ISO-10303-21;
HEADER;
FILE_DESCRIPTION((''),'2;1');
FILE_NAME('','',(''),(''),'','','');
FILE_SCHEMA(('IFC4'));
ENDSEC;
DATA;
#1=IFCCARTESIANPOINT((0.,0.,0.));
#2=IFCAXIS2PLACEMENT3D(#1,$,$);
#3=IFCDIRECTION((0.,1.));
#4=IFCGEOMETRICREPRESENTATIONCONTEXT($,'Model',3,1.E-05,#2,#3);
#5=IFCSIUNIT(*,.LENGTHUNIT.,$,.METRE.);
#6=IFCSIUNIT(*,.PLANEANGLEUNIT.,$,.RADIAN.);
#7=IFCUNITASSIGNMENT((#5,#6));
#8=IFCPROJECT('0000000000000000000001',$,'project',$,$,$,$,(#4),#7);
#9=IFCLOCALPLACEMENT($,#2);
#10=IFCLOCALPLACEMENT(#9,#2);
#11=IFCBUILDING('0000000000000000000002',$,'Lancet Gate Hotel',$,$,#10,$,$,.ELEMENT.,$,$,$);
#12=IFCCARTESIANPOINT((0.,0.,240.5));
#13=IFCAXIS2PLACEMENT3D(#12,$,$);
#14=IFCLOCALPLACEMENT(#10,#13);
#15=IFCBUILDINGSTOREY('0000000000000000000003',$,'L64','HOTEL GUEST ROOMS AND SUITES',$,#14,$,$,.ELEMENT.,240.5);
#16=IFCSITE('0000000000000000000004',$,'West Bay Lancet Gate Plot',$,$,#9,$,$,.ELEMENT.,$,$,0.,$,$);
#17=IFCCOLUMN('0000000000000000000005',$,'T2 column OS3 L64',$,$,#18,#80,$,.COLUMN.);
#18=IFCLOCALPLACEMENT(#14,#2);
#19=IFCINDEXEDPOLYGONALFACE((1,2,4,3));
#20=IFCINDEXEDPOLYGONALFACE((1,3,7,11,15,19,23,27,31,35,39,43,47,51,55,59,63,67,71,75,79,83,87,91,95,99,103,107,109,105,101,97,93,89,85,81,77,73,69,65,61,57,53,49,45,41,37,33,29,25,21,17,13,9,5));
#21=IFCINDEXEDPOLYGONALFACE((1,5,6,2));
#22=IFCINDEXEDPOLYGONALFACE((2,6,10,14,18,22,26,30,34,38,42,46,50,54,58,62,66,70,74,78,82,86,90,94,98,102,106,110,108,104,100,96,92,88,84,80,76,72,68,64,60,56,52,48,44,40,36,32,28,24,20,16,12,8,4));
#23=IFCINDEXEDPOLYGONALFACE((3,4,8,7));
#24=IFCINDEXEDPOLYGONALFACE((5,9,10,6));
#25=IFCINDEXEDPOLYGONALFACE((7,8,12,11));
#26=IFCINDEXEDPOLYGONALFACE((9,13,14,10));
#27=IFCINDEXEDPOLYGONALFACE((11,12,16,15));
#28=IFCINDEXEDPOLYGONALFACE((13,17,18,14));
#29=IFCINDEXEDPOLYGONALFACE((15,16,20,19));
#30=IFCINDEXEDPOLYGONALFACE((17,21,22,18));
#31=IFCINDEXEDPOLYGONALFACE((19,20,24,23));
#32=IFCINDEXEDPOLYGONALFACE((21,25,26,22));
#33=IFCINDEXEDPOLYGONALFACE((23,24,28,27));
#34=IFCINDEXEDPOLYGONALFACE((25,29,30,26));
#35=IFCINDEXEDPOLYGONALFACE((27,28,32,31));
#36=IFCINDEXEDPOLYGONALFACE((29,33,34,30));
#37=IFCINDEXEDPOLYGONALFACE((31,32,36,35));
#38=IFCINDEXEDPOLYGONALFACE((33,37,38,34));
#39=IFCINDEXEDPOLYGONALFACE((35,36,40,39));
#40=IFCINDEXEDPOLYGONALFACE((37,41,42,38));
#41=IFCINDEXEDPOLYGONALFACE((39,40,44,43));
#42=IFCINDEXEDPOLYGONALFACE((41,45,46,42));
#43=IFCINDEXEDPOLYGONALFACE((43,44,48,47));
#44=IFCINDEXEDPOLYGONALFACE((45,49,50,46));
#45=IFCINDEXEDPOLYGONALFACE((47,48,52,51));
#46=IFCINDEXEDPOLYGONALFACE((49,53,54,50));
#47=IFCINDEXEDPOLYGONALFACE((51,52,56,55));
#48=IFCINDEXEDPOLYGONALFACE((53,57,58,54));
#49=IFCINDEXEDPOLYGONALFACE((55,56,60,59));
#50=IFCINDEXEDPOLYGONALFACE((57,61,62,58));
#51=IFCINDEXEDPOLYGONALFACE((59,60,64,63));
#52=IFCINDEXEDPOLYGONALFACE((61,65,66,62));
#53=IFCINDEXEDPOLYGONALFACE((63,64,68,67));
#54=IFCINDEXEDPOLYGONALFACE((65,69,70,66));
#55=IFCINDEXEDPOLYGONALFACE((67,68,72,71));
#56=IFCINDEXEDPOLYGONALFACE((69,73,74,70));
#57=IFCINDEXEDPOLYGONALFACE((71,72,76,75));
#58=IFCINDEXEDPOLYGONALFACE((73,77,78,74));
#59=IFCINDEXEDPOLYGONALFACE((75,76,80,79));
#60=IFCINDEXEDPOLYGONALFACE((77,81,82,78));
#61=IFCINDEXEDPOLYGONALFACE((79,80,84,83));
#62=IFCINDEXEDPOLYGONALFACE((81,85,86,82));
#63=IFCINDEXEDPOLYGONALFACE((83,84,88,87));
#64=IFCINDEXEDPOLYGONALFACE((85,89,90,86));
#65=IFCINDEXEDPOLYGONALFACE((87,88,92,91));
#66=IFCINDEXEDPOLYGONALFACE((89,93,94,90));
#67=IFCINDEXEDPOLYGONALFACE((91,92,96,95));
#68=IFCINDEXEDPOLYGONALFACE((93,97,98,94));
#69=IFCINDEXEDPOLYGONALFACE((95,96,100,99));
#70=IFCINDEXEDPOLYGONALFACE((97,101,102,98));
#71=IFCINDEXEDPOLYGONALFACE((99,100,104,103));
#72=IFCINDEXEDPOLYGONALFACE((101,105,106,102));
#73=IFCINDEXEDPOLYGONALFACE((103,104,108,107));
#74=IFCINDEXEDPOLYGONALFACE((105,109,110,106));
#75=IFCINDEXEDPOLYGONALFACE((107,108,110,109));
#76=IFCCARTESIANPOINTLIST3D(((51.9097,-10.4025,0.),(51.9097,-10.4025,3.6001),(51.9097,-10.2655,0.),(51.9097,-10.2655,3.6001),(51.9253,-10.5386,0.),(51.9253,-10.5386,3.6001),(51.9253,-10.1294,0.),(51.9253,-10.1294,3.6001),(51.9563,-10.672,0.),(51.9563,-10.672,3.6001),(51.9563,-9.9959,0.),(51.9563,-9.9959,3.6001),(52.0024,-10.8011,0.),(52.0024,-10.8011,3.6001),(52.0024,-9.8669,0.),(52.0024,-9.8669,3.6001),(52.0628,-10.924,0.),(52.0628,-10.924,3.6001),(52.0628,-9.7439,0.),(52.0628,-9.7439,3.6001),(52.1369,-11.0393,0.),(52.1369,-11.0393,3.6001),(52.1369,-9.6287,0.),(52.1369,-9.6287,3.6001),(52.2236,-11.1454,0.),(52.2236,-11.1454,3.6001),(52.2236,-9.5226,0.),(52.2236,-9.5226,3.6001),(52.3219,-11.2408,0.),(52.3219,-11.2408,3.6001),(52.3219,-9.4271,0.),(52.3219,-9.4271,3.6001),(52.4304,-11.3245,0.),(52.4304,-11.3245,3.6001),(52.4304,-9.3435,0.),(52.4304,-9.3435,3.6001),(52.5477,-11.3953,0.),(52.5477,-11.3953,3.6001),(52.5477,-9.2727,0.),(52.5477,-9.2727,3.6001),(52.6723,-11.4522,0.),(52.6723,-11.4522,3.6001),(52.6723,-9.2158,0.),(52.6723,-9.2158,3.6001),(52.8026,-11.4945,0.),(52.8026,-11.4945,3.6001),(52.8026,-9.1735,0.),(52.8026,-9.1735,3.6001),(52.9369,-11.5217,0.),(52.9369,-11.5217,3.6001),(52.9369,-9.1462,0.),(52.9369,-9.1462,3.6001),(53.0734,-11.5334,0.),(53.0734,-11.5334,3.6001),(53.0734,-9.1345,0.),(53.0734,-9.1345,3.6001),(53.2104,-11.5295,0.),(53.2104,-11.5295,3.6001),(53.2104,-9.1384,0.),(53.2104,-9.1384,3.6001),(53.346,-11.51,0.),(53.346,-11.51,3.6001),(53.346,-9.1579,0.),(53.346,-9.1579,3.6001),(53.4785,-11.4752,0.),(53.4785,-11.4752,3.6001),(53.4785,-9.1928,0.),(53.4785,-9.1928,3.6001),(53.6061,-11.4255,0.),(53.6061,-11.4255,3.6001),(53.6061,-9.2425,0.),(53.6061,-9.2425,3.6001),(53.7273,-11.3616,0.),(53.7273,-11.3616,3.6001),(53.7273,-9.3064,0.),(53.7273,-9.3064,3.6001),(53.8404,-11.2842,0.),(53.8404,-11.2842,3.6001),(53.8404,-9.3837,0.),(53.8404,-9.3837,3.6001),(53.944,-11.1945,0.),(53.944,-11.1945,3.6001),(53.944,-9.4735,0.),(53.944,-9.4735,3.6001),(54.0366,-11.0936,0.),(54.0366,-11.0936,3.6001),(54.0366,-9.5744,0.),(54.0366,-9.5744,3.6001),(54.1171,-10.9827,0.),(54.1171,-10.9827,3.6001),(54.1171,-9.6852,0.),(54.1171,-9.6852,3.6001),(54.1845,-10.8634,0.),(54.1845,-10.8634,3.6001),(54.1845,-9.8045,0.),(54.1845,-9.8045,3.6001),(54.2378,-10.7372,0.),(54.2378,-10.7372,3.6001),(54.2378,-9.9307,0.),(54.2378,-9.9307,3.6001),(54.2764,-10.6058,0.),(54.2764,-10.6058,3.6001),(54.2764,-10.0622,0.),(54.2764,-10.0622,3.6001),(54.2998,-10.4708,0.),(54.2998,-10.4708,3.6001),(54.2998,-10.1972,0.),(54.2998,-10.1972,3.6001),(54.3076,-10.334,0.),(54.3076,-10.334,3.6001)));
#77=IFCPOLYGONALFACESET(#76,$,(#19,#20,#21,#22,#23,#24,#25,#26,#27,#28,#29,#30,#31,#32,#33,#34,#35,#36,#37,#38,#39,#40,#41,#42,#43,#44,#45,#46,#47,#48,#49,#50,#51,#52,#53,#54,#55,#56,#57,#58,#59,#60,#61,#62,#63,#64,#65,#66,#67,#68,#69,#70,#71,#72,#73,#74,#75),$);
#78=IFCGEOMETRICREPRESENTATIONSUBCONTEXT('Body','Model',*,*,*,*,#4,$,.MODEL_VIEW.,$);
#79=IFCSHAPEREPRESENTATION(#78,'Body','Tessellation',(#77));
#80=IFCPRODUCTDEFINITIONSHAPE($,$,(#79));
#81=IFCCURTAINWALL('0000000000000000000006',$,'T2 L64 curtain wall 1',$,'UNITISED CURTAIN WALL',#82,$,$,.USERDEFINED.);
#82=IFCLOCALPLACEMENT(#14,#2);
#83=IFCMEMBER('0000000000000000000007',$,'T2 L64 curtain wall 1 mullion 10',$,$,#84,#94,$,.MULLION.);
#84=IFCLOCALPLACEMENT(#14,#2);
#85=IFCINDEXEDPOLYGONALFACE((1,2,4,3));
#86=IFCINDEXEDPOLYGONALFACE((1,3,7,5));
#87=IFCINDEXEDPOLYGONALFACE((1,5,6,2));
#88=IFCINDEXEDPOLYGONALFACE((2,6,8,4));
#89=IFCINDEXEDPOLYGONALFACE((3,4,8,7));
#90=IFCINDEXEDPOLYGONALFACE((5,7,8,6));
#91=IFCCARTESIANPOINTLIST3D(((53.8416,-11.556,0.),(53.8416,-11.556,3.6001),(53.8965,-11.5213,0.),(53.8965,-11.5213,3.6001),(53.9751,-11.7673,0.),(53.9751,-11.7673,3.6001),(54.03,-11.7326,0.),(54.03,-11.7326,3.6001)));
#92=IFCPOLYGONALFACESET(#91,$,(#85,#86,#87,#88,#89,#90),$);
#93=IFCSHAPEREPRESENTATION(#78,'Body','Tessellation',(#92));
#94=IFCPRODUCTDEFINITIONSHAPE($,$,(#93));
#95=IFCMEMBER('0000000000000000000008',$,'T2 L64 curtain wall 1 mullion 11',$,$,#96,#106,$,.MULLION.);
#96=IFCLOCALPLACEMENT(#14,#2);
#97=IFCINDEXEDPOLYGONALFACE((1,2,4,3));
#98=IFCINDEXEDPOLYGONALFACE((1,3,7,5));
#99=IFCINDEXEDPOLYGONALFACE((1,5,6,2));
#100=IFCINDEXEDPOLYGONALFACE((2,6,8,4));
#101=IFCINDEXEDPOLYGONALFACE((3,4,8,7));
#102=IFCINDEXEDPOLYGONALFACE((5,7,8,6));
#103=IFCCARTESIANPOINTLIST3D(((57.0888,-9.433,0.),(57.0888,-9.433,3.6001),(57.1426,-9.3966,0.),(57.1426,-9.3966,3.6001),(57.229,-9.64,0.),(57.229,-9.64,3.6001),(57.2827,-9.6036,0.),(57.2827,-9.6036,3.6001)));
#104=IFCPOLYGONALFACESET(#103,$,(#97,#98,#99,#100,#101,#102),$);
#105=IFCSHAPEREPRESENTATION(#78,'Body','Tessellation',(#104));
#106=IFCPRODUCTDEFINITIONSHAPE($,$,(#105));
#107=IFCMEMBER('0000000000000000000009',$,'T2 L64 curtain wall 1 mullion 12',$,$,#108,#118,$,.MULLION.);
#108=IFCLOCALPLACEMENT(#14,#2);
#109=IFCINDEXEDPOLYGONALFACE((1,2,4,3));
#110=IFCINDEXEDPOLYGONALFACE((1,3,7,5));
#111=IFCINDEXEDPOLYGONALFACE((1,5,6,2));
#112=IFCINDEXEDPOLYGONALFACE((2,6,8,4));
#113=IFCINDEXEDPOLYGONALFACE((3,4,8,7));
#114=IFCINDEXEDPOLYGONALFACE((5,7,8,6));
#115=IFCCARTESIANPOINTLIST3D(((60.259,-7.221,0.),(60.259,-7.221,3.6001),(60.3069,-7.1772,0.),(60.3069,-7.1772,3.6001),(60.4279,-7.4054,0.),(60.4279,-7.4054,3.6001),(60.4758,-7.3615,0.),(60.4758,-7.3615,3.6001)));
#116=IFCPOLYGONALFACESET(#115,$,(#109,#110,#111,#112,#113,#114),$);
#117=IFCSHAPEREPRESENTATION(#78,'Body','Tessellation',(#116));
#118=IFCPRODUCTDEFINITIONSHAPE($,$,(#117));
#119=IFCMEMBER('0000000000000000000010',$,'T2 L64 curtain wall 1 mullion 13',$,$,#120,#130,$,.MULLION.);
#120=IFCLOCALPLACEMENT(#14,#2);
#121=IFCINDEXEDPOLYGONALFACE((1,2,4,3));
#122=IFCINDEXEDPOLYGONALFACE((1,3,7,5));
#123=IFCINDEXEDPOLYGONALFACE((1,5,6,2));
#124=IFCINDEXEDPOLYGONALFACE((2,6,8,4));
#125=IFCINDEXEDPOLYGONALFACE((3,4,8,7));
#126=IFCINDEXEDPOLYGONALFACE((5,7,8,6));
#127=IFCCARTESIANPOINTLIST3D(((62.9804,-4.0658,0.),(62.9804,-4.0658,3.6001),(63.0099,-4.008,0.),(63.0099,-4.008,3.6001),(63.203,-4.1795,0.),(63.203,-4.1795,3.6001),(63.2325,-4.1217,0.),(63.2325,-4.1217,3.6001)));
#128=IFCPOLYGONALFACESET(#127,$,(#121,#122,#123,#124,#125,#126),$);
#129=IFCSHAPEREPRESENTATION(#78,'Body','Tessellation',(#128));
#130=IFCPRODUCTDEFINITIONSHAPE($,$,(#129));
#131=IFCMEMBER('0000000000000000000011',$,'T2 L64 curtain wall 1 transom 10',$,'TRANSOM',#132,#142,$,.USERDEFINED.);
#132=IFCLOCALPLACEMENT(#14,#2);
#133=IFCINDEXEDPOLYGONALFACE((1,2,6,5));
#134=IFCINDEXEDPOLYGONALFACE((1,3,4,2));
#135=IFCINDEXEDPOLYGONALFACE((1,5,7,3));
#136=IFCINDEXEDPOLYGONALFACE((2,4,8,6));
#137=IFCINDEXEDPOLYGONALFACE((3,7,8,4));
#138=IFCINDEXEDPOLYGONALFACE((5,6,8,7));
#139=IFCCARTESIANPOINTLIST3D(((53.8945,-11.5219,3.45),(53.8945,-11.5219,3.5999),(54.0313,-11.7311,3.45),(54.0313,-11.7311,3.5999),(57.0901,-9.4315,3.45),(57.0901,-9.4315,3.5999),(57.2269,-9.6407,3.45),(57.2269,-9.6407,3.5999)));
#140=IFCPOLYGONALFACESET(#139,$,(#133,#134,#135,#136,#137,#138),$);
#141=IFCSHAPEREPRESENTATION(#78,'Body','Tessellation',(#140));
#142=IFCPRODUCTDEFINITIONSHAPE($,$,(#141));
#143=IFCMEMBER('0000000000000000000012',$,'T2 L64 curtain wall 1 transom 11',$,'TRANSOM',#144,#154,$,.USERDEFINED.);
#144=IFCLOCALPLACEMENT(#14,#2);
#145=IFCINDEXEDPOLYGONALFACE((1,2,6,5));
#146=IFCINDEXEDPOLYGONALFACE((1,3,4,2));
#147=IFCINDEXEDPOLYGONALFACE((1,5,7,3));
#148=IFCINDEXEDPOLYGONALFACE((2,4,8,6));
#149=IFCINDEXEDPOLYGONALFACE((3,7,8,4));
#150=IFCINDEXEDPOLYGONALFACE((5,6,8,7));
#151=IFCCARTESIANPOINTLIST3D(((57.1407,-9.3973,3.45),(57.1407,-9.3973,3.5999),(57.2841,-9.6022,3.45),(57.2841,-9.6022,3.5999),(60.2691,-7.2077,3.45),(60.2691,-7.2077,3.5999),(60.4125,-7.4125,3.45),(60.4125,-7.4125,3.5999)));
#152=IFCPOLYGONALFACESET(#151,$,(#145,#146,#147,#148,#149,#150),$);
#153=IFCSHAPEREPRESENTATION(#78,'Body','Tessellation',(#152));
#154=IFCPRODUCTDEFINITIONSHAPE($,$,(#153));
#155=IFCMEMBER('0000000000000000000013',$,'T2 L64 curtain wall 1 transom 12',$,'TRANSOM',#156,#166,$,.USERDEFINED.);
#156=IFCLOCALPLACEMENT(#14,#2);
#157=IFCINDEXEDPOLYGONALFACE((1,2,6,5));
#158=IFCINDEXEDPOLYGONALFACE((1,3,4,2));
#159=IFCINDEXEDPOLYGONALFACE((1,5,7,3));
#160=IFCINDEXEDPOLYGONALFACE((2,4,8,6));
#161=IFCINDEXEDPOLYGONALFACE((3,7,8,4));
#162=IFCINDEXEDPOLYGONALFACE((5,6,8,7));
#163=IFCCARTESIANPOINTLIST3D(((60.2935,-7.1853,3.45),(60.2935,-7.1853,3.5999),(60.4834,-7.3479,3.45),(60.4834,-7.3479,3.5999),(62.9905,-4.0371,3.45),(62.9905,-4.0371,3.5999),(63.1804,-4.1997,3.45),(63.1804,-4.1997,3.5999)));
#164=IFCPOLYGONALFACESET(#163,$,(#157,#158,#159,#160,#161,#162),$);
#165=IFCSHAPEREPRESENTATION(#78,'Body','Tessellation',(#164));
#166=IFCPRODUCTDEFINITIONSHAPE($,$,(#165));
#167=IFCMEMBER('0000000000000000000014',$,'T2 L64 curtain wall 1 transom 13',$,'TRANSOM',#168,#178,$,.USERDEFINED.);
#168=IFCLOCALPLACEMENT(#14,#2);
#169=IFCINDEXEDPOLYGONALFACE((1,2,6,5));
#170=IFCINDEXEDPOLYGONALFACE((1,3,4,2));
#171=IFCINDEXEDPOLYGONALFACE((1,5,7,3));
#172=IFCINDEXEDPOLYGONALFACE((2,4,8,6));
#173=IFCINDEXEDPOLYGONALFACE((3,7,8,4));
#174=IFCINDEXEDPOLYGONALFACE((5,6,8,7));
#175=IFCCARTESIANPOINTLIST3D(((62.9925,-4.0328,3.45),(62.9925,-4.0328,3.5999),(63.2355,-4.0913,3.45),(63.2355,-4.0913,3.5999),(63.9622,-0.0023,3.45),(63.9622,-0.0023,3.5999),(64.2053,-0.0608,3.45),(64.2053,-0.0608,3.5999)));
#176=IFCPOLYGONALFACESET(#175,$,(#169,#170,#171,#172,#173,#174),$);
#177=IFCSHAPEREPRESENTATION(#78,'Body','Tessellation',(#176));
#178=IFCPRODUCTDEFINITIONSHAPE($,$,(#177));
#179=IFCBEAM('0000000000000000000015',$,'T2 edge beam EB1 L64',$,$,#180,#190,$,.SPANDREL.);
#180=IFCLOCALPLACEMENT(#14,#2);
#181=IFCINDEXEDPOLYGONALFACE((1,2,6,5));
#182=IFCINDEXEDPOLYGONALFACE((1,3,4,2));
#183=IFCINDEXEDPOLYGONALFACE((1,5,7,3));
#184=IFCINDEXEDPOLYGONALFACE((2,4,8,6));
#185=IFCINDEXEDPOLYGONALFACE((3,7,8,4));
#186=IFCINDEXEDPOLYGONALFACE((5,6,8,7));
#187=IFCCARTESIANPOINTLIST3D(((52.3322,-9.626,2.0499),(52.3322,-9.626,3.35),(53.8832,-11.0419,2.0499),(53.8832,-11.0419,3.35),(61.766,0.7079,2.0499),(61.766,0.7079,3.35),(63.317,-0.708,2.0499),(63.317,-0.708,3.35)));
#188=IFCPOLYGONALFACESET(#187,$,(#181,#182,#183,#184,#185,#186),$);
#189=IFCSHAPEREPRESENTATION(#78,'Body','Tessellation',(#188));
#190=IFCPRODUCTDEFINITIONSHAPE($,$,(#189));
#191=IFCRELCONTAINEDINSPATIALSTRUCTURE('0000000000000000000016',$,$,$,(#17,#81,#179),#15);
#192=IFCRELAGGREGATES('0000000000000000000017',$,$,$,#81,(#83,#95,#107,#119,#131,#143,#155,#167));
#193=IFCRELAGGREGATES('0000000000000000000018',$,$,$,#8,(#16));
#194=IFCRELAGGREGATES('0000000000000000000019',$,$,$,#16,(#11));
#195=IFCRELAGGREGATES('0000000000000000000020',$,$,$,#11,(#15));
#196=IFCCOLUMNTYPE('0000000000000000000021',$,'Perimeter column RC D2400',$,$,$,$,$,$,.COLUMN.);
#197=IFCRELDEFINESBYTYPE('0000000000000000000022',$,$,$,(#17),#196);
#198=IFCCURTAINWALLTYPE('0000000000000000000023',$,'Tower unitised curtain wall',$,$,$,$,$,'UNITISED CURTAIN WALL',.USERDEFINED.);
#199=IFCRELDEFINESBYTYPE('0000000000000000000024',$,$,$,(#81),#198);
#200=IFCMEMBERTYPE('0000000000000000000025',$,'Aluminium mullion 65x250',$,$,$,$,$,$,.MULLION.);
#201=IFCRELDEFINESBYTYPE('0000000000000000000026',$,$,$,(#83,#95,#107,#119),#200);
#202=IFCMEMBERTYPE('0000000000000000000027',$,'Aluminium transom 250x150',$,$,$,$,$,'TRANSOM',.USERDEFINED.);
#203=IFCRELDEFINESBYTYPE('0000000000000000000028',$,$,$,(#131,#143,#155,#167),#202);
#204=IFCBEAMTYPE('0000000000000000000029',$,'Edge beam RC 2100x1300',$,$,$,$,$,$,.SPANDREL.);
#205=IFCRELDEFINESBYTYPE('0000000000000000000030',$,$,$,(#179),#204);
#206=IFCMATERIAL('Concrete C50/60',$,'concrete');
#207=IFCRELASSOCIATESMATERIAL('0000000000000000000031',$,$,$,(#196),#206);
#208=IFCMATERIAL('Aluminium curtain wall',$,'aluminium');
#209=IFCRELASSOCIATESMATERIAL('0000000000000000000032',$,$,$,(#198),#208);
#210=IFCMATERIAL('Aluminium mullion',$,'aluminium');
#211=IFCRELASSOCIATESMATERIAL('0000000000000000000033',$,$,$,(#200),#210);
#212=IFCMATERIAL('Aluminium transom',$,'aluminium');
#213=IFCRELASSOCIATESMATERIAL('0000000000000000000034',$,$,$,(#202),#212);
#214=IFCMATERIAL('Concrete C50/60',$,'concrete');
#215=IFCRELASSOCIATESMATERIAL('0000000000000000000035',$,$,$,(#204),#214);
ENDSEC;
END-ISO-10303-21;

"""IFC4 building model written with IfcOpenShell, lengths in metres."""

from ifc_helpers import new_model, si_unit, direction, frame, origin, origin_2d, place, context, subcontext, project, spatial, rectangle, circle, extrude, material, material_profile, profile_set, type_object, element, aggregate, save


model = new_model("IFC4")

# Units and contexts
model_context = context("Model", 3, precision=1e-05, world=origin(), true_north=direction((0.0, 1.0)))
body_context = subcontext(model_context, "Body", "Model", "MODEL_VIEW")
ifc_project = project(units=[si_unit("LENGTHUNIT", "METRE"), si_unit("PLANEANGLEUNIT", "RADIAN")], contexts=[model_context])

# Site, building, storey
site_placement = place(None, origin())
site = spatial("IfcSite", under=ifc_project, at=site_placement, Name="West Bay Lancet Gate Plot", CompositionType="ELEMENT", RefElevation=0.0)
building_placement = place(site_placement, origin())
building = spatial("IfcBuilding", under=site, at=building_placement, Name="Lancet Gate Hotel", CompositionType="ELEMENT")
storey_placement = place(building_placement, frame((0.0, 0.0, 240.5)))
storey = spatial("IfcBuildingStorey", under=building, at=storey_placement, Name="L64", Description="HOTEL GUEST ROOMS AND SUITES", CompositionType="ELEMENT", Elevation=240.5)

# Column
ifc_material_1 = material(Name="Concrete C50/60", Category="concrete")
ifc_material_profile_1 = material_profile(ifc_material_1, circle(Radius=1.2, at=origin_2d()), Name="RC D2400")
ifc_profile_set_1 = profile_set([ifc_material_profile_1], Name="Concrete C50/60")
column_type = type_object("IfcColumnType", Name="Perimeter column RC D2400", PredefinedType="COLUMN", material=ifc_profile_set_1)
column_placement = place(storey_placement, frame((53.1077, -10.334, 0.0), z_axis=(0.0, 0.0, 1.0), x_axis=(1.0, 0.0, 0.0)))
element("IfcColumn", 1, at=column_placement, inside=storey, type_object=column_type, Name="T2 column OS3 L64", PredefinedType="COLUMN", context=body_context, shape_type="SweptSolid", body=[
    extrude(circle(Radius=1.2, at=origin_2d()), origin(), (0.0, 0.0, 1.0), 3.6001),
])

# Curtain wall, members
ifc_material_2 = material(Name="Aluminium curtain wall", Category="aluminium")
curtain_wall_type = type_object("IfcCurtainWallType", Name="Tower unitised curtain wall", ElementType="UNITISED CURTAIN WALL", PredefinedType="USERDEFINED", material=ifc_material_2)
curtain_wall_placement = place(storey_placement, origin())
curtain_wall = element("IfcCurtainWall", 2, at=curtain_wall_placement, inside=storey, type_object=curtain_wall_type, Name="T2 L64 curtain wall 1", ObjectType="UNITISED CURTAIN WALL", PredefinedType="USERDEFINED")
ifc_material_3 = material(Name="Aluminium mullion", Category="aluminium")
ifc_material_profile_2 = material_profile(ifc_material_3, rectangle(XDim=0.0649, YDim=0.25, at=origin_2d()), Name="MULLION 65x250")
ifc_profile_set_2 = profile_set([ifc_material_profile_2], Name="Aluminium mullion")
member_type_1 = type_object("IfcMemberType", Name="Aluminium mullion 65x250", PredefinedType="MULLION", material=ifc_profile_set_2)
member_1_placement = place(storey_placement, frame((53.9358, -11.6443, 0.0), z_axis=(0.0, 0.0, 1.0), x_axis=(0.84534, 0.534229, 0.0)))
member_1 = element("IfcMember", 3, at=member_1_placement, type_object=member_type_1, Name="T2 L64 curtain wall 1 mullion 10", PredefinedType="MULLION", context=body_context, shape_type="SweptSolid", body=[
    extrude(rectangle(XDim=0.0649, YDim=0.25, at=origin_2d()), origin(), (0.0, 0.0, 1.0), 3.6001),
])
member_2_placement = place(storey_placement, frame((57.1858, -9.5183, 0.0), z_axis=(0.0, 0.0, 1.0), x_axis=(0.828155, 0.5605, 0.0)))
member_2 = element("IfcMember", 4, at=member_2_placement, type_object=member_type_1, Name="T2 L64 curtain wall 1 mullion 11", PredefinedType="MULLION", context=body_context, shape_type="SweptSolid", body=[
    extrude(rectangle(XDim=0.0649, YDim=0.25, at=origin_2d()), origin(), (0.0, 0.0, 1.0), 3.6001),
])
member_3_placement = place(storey_placement, frame((60.3674, -7.2913, 0.0), z_axis=(0.0, 0.0, 1.0), x_axis=(0.737323, 0.67554, 0.0)))
member_3 = element("IfcMember", 5, at=member_3_placement, type_object=member_type_1, Name="T2 L64 curtain wall 1 mullion 12", PredefinedType="MULLION", context=body_context, shape_type="SweptSolid", body=[
    extrude(rectangle(XDim=0.0649, YDim=0.25, at=origin_2d()), origin(), (0.0, 0.0, 1.0), 3.6001),
])
member_4_placement = place(storey_placement, frame((63.1064, -4.0938, 0.0), z_axis=(0.0, 0.0, 1.0), x_axis=(0.454853, 0.890567, 0.0)))
member_4 = element("IfcMember", 6, at=member_4_placement, type_object=member_type_1, Name="T2 L64 curtain wall 1 mullion 13", PredefinedType="MULLION", context=body_context, shape_type="SweptSolid", body=[
    extrude(rectangle(XDim=0.0649, YDim=0.25, at=origin_2d()), origin(), (0.0, 0.0, 1.0), 3.6001),
])
ifc_material_4 = material(Name="Aluminium transom", Category="aluminium")
ifc_material_profile_3 = material_profile(ifc_material_4, rectangle(XDim=0.25, YDim=0.1499, at=origin_2d()), Name="TRANSOM 250x150")
ifc_profile_set_3 = profile_set([ifc_material_profile_3], Name="Aluminium transom")
member_type_2 = type_object("IfcMemberType", Name="Aluminium transom 250x150", ElementType="TRANSOM", PredefinedType="USERDEFINED", material=ifc_profile_set_3)
member_5_placement = place(storey_placement, frame((53.9629, -11.6265, 3.5249), z_axis=(0.836858, 0.54742, 0.0), x_axis=(-0.54742, 0.836858, 0.0)))
member_5 = element("IfcMember", 7, at=member_5_placement, type_object=member_type_2, Name="T2 L64 curtain wall 1 transom 10", ObjectType="TRANSOM", PredefinedType="USERDEFINED", context=body_context, shape_type="SweptSolid", body=[
    extrude(rectangle(XDim=0.25, YDim=0.1499, at=origin_2d()), origin(), (0.0, 0.0, 1.0), 3.8186),
])
member_6_placement = place(storey_placement, frame((57.2124, -9.4998, 3.5249), z_axis=(0.819256, 0.573428, 0.0), x_axis=(-0.573428, 0.819256, 0.0)))
member_6 = element("IfcMember", 8, at=member_6_placement, type_object=member_type_2, Name="T2 L64 curtain wall 1 transom 11", ObjectType="TRANSOM", PredefinedType="USERDEFINED", context=body_context, shape_type="SweptSolid", body=[
    extrude(rectangle(XDim=0.25, YDim=0.1499, at=origin_2d()), origin(), (0.0, 0.0, 1.0), 3.8186),
])
member_7_placement = place(storey_placement, frame((60.3884, -7.2666, 3.5249), z_axis=(0.650593, 0.759427, 0.0), x_axis=(-0.759427, 0.650593, 0.0)))
member_7 = element("IfcMember", 9, at=member_7_placement, type_object=member_type_2, Name="T2 L64 curtain wall 1 transom 12", ObjectType="TRANSOM", PredefinedType="USERDEFINED", context=body_context, shape_type="SweptSolid", body=[
    extrude(rectangle(XDim=0.25, YDim=0.1499, at=origin_2d()), origin(), (0.0, 0.0, 1.0), 4.1455),
])
member_8_placement = place(storey_placement, frame((63.114, -4.062, 3.5249), z_axis=(0.233921, 0.972256, 0.0), x_axis=(-0.972256, 0.233921, 0.0)))
member_8 = element("IfcMember", 10, at=member_8_placement, type_object=member_type_2, Name="T2 L64 curtain wall 1 transom 13", ObjectType="TRANSOM", PredefinedType="USERDEFINED", context=body_context, shape_type="SweptSolid", body=[
    extrude(rectangle(XDim=0.25, YDim=0.1499, at=origin_2d()), origin(), (0.0, 0.0, 1.0), 4.1455),
])

# Beam
ifc_material_5 = material(Name="Concrete C50/60", Category="concrete")
ifc_material_profile_4 = material_profile(ifc_material_5, rectangle(XDim=2.1001, YDim=1.3, at=origin_2d()), Name="RC 2100x1300")
ifc_profile_set_4 = profile_set([ifc_material_profile_4], Name="Concrete C50/60")
beam_type_1 = type_object("IfcBeamType", Name="Edge beam RC 2100x1300", PredefinedType="SPANDREL", material=ifc_profile_set_4)
beam_1_placement = place(storey_placement, frame((53.1077, -10.334, 2.7), z_axis=(0.674209, 0.73854, 0.0), x_axis=(-0.73854, 0.674209, 0.0)))
element("IfcBeam", 11, at=beam_1_placement, inside=storey, type_object=beam_type_1, Name="T2 edge beam EB1 L64", PredefinedType="SPANDREL", context=body_context, shape_type="SweptSolid", body=[
    extrude(rectangle(XDim=2.1001, YDim=1.3, at=origin_2d()), origin(), (0.0, 0.0, 1.0), 13.9924),
])

aggregate(curtain_wall, [member_1, member_2, member_3, member_4, member_5, member_6, member_7, member_8])

save(model, "model.ifc")
